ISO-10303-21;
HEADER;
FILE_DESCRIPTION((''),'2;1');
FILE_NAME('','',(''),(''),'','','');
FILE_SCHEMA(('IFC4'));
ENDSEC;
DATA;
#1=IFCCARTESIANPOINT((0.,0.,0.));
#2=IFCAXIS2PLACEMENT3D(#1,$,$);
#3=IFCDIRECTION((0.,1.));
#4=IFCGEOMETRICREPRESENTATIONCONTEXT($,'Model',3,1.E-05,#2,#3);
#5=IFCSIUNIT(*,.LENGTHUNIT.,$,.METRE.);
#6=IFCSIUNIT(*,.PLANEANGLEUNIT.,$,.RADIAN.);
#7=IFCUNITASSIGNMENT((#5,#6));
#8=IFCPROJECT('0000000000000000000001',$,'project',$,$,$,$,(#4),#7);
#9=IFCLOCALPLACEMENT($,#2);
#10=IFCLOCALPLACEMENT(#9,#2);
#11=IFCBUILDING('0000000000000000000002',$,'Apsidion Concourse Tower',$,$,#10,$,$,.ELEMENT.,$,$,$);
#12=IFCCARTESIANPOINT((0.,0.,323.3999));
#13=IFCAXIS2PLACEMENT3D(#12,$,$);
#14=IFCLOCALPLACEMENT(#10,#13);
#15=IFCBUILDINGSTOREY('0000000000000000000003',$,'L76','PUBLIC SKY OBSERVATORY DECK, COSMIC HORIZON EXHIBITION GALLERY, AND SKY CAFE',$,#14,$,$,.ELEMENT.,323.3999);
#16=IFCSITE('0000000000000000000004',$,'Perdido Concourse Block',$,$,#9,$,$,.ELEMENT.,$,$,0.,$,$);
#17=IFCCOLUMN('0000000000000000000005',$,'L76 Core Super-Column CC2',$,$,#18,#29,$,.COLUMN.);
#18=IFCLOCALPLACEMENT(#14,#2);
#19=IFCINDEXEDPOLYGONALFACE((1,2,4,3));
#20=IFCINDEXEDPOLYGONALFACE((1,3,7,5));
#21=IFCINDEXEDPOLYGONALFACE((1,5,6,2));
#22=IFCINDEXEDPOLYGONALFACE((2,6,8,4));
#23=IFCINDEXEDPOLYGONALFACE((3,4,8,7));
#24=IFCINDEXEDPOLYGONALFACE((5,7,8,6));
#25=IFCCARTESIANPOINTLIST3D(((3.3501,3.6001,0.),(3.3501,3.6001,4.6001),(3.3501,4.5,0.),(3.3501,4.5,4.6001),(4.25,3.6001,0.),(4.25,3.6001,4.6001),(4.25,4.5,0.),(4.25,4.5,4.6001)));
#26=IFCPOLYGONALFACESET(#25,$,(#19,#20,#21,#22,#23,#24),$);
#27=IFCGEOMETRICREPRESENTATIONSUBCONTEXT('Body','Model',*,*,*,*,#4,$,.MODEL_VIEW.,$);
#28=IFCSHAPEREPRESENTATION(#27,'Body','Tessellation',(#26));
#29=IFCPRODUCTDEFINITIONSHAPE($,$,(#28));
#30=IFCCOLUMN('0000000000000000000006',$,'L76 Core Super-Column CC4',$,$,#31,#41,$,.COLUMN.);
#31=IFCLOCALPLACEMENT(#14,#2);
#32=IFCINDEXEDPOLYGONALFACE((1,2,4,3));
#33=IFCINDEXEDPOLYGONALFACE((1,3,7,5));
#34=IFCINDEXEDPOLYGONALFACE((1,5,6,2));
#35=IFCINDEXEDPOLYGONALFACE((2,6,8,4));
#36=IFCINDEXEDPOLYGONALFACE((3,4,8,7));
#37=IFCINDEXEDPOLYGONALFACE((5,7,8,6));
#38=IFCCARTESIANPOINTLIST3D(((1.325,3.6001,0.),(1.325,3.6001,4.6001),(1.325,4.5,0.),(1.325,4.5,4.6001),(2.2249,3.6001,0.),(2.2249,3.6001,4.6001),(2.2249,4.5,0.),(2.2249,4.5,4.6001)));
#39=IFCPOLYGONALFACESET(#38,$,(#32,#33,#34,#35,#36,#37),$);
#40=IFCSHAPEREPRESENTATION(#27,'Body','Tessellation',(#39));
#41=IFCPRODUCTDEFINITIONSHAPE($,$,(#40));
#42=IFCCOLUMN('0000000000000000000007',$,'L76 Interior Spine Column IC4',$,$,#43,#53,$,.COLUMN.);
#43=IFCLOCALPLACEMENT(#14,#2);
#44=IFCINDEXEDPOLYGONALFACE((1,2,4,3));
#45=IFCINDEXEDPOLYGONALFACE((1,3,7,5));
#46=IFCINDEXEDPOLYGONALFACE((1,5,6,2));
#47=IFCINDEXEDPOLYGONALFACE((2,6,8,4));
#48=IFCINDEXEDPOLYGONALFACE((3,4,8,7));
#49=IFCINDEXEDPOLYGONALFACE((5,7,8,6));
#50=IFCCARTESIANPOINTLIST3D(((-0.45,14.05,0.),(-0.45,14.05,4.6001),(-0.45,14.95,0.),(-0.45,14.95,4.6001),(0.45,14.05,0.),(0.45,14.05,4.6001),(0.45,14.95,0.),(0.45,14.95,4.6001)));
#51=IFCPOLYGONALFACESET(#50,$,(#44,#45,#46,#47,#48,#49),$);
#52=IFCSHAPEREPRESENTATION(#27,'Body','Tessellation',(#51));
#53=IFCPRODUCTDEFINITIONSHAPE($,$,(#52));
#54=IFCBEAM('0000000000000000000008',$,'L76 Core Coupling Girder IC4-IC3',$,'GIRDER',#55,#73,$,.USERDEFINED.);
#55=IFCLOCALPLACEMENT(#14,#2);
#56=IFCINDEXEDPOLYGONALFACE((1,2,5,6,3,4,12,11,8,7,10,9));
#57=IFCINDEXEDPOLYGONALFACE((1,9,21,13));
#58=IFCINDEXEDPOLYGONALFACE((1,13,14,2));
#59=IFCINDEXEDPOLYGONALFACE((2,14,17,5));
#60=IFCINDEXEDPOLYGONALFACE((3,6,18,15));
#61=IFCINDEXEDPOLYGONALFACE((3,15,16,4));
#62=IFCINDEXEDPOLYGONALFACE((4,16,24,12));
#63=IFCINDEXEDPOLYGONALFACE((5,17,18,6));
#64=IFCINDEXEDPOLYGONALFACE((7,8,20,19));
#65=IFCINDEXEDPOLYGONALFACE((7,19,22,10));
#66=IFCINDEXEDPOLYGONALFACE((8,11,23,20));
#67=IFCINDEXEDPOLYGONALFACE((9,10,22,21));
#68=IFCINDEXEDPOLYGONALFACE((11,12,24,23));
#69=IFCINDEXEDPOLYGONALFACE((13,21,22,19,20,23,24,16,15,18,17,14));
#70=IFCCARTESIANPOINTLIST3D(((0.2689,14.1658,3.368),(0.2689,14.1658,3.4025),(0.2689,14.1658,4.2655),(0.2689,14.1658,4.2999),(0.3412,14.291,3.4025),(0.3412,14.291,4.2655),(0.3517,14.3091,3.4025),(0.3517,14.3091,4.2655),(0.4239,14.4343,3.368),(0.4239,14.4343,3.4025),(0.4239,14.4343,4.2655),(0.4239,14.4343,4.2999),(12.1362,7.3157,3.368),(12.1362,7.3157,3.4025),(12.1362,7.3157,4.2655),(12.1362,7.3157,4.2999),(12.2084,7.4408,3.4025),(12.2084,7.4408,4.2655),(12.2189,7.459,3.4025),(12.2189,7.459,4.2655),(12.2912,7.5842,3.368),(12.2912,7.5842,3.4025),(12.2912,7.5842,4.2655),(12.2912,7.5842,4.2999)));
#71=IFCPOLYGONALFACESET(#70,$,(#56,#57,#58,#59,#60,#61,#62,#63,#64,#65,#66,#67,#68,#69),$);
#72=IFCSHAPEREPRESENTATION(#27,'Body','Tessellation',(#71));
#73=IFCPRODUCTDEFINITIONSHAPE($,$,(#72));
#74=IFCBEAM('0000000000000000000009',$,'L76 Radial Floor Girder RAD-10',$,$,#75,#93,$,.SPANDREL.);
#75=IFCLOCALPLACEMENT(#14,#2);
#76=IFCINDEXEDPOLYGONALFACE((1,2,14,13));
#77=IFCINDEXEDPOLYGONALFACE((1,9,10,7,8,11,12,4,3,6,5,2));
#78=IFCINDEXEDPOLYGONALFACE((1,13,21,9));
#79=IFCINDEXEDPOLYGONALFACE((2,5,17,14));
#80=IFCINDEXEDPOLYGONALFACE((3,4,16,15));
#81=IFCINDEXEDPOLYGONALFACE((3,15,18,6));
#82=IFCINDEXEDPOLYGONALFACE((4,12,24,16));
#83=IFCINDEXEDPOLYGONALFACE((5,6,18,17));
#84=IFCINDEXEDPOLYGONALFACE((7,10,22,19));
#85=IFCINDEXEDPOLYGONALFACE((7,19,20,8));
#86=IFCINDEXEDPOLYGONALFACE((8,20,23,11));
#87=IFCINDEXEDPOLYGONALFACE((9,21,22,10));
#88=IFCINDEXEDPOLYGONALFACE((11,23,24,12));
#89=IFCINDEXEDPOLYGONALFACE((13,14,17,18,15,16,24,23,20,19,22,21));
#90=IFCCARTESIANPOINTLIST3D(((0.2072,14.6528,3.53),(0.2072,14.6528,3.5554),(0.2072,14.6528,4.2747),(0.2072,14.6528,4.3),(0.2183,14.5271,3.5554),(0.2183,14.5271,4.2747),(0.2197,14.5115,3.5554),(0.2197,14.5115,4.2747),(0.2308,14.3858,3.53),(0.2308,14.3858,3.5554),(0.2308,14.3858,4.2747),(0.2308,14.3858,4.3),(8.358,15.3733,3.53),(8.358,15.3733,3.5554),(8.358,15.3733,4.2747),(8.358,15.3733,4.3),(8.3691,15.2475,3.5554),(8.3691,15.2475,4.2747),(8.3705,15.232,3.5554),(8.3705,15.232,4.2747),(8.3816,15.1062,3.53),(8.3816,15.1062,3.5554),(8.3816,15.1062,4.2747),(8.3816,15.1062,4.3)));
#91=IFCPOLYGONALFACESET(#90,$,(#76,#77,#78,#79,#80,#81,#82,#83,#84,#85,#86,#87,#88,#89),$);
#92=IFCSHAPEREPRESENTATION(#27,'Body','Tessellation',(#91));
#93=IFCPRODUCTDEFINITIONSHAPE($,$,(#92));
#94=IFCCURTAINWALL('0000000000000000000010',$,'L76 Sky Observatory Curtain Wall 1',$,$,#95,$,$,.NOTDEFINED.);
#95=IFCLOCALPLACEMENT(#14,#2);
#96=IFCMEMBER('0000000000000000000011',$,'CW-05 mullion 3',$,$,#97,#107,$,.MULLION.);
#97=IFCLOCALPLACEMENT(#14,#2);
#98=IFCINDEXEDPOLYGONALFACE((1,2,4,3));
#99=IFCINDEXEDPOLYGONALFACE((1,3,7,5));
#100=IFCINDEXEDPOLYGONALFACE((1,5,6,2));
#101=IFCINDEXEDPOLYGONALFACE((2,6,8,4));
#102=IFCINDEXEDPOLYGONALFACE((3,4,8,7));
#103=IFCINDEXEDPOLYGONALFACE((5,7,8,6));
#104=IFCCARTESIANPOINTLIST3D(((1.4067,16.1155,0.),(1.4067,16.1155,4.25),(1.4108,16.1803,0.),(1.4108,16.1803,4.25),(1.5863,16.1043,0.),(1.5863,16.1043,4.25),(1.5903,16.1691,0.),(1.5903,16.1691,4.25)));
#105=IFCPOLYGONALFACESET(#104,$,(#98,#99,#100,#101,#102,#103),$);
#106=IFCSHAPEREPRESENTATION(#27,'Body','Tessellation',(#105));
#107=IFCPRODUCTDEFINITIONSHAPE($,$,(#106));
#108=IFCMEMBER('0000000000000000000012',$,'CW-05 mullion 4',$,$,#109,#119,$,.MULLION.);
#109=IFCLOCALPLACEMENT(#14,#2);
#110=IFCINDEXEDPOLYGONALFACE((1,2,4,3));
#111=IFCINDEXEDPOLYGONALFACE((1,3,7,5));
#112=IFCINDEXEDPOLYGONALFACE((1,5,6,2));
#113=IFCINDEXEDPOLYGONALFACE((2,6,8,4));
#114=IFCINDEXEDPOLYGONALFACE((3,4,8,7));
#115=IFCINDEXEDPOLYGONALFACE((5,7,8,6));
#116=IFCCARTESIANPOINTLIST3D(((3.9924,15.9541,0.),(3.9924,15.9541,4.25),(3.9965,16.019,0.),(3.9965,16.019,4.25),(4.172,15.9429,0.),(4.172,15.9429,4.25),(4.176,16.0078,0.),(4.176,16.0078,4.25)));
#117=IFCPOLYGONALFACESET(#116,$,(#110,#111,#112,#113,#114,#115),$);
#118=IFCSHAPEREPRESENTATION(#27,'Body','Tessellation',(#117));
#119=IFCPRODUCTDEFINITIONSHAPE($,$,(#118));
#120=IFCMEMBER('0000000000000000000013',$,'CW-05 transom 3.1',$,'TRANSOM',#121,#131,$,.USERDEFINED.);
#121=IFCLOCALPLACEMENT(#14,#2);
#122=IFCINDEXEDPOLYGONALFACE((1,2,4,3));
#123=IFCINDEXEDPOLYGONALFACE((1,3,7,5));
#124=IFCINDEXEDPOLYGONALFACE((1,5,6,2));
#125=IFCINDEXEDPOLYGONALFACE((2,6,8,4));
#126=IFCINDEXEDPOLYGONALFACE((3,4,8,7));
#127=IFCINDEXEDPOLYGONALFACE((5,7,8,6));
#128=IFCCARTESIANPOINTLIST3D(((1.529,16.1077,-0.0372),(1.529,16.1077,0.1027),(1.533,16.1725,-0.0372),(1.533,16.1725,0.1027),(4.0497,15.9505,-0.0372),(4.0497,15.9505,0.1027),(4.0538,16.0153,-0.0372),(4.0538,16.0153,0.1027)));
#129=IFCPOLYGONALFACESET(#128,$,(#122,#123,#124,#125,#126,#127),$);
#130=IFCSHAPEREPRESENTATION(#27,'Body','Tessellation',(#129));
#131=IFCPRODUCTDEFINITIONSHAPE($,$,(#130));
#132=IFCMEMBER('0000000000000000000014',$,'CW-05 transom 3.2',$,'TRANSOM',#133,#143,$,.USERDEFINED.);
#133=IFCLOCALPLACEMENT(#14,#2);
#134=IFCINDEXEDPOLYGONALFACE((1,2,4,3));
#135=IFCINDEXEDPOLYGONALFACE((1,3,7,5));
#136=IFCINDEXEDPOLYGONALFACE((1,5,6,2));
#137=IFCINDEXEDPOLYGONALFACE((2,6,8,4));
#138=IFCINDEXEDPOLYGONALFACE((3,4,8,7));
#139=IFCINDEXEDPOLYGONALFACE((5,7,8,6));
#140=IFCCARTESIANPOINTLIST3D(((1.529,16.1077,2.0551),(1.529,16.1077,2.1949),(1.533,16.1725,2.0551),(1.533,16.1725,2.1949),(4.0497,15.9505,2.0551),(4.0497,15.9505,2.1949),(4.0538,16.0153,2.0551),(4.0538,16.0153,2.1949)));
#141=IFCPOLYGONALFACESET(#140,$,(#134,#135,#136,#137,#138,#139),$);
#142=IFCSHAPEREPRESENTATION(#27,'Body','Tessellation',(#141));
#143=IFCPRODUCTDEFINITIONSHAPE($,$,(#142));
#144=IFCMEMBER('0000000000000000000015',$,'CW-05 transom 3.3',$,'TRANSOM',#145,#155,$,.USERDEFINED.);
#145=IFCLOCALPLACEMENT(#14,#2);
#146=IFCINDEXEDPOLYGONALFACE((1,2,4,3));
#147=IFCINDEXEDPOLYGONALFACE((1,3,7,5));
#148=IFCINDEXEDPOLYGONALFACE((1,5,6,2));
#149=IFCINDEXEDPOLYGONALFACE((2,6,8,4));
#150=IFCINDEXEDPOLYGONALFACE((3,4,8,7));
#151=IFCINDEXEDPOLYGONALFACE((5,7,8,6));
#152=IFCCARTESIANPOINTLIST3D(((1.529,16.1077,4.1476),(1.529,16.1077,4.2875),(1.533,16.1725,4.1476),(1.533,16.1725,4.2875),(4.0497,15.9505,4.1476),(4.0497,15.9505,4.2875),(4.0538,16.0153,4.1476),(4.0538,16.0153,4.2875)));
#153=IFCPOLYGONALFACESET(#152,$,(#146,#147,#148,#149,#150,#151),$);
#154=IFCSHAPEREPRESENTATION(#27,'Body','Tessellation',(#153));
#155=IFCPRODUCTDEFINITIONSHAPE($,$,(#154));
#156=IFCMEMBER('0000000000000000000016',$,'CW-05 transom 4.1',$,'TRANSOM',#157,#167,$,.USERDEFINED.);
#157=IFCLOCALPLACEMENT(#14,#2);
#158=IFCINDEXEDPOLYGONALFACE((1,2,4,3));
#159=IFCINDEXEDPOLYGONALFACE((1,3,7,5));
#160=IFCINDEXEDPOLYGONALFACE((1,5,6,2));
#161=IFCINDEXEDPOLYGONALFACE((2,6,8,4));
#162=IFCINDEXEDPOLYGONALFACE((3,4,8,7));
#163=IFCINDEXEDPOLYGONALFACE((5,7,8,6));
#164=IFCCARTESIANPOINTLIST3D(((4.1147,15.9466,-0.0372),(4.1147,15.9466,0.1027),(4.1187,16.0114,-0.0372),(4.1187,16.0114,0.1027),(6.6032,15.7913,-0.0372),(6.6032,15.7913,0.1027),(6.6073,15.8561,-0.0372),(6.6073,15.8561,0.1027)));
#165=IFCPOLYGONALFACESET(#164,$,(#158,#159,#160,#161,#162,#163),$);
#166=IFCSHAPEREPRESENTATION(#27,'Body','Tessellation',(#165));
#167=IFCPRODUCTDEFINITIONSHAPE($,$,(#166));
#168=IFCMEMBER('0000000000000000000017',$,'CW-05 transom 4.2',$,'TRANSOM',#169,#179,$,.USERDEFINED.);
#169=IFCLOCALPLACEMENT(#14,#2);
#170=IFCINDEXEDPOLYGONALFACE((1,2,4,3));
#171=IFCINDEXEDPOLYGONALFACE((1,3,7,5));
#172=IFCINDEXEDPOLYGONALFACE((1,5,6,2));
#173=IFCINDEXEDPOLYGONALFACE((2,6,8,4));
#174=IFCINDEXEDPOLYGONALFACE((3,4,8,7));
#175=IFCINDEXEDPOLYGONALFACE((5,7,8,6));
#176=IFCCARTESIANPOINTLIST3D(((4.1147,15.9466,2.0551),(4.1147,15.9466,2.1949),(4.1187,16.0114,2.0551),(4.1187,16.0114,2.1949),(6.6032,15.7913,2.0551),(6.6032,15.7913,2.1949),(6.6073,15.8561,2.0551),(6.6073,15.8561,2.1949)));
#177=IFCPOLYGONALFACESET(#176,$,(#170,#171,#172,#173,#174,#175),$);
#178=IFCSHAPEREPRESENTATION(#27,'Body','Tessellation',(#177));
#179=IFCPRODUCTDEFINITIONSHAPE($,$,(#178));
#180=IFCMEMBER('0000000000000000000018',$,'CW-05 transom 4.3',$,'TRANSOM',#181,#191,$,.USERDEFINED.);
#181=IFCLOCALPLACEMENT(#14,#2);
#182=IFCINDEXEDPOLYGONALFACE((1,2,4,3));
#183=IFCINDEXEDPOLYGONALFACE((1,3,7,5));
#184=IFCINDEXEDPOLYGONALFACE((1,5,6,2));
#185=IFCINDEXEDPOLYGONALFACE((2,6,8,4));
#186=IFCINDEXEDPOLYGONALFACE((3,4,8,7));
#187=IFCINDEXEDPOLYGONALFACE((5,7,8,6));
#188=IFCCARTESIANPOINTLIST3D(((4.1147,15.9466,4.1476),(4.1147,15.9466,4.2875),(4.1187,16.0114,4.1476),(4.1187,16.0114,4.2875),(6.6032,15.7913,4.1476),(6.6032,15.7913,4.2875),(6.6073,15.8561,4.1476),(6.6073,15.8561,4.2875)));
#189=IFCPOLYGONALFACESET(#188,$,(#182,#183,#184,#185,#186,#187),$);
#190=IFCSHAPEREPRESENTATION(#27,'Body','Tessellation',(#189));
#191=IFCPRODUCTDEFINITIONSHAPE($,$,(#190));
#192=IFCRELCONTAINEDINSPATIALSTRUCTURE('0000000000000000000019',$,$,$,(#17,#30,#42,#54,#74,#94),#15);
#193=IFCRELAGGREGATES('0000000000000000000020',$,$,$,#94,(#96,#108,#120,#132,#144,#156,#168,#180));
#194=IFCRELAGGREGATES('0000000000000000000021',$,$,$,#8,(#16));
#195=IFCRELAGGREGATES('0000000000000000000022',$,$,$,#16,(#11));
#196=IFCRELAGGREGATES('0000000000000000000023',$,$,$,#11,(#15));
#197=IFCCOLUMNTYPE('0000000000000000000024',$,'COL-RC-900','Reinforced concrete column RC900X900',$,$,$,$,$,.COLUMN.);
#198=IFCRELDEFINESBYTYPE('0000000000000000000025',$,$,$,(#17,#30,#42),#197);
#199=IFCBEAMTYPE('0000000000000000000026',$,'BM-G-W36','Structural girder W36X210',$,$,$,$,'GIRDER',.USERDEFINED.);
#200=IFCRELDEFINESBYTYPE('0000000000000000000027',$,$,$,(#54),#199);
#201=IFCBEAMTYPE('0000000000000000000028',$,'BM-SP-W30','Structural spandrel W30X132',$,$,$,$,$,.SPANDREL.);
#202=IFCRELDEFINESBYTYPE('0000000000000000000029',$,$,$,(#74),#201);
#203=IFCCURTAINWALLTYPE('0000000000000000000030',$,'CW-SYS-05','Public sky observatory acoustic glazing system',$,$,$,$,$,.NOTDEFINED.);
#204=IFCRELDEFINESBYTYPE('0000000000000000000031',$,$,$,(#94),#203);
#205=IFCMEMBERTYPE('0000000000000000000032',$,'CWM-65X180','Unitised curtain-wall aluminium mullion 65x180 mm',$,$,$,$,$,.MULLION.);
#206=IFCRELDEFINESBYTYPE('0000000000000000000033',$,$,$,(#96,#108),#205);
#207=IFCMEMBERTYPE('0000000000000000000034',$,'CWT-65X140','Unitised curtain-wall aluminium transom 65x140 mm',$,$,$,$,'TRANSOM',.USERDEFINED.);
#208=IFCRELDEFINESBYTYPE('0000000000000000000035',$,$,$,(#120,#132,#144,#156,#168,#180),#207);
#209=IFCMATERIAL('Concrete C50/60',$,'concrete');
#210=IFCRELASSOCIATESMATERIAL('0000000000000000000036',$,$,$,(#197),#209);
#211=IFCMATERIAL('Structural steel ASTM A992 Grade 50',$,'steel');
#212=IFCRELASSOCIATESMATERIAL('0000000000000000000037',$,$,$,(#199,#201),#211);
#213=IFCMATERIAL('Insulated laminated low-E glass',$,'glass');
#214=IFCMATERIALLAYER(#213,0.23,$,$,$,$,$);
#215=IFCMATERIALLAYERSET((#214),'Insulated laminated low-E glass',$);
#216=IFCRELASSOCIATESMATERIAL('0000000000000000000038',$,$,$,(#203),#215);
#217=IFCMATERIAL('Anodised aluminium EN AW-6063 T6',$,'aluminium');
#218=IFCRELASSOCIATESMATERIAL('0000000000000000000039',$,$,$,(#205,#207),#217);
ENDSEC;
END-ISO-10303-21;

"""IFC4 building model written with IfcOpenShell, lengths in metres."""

from ifc_helpers import new_model, si_unit, direction, frame, origin, origin_2d, place, context, subcontext, project, spatial, rectangle, i_section, extrude, material, layer, layer_set, material_profile, profile_set, type_object, element, aggregate, save


model = new_model("IFC4")

# Units and contexts
model_context = context("Model", 3, precision=1e-05, world=origin(), true_north=direction((0.0, 1.0)))
body_context = subcontext(model_context, "Body", "Model", "MODEL_VIEW")
ifc_project = project(units=[si_unit("LENGTHUNIT", "METRE"), si_unit("PLANEANGLEUNIT", "RADIAN")], contexts=[model_context])

# Site, building, storey
site_placement = place(None, origin())
site = spatial("IfcSite", under=ifc_project, at=site_placement, Name="Perdido Concourse Block", CompositionType="ELEMENT", RefElevation=0.0)
building_placement = place(site_placement, origin())
building = spatial("IfcBuilding", under=site, at=building_placement, Name="Apsidion Concourse Tower", CompositionType="ELEMENT")
storey_placement = place(building_placement, frame((0.0, 0.0, 323.3999)))
storey = spatial("IfcBuildingStorey", under=building, at=storey_placement, Name="L76", Description="PUBLIC SKY OBSERVATORY DECK, COSMIC HORIZON EXHIBITION GALLERY, AND SKY CAFE", CompositionType="ELEMENT", Elevation=323.3999)

# Columns
ifc_material_1 = material(Name="Concrete C50/60", Category="concrete")
ifc_material_profile_1 = material_profile(ifc_material_1, rectangle(XDim=0.8999, YDim=0.8999, at=origin_2d()), Name="RC 900x900")
ifc_profile_set_1 = profile_set([ifc_material_profile_1], Name="Concrete C50/60")
column_type = type_object("IfcColumnType", Name="COL-RC-900", Description="Reinforced concrete column RC900X900", PredefinedType="COLUMN", material=ifc_profile_set_1)
for number, where, z_axis, x_axis, name in (
    (1, (3.8, 4.05, 0.0), (0.0, 0.0, 1.0), (1.0, 0.0, 0.0), "L76 Core Super-Column CC2"),
    (2, (1.7749, 4.05, 0.0), (0.0, 0.0, 1.0), (1.0, 0.0, 0.0), "L76 Core Super-Column CC4"),
    (3, (0.0, 14.5, 0.0), (0.0, 0.0, 1.0), (1.0, 0.0, 0.0), "L76 Interior Spine Column IC4"),
):
    element("IfcColumn", number, at=place(storey_placement, frame(where, z_axis=z_axis, x_axis=x_axis)), inside=storey, type_object=column_type, Name=name, PredefinedType="COLUMN", context=body_context, shape_type="SweptSolid", body=[
        extrude(rectangle(XDim=0.8999, YDim=0.8999, at=origin_2d()), origin(), (0.0, 0.0, 1.0), 4.6001),
    ])

# Beams
ifc_material_2 = material(Name="Structural steel ASTM A992 Grade 50", Category="steel")
ifc_material_profile_2 = material_profile(ifc_material_2, i_section(OverallWidth=0.3101, OverallDepth=0.9319, WebThickness=0.021, FlangeThickness=0.0344, at=origin_2d()), Name="W36X210")
ifc_profile_set_2 = profile_set([ifc_material_profile_2], Name="Structural steel ASTM A992 Grade 50")
beam_type_1 = type_object("IfcBeamType", Name="BM-G-W36", Description="Structural girder W36X210", ElementType="GIRDER", PredefinedType="USERDEFINED", material=ifc_profile_set_2)
beam_1_placement = place(storey_placement, frame((0.3464, 14.3, 3.834), z_axis=(0.86607, -0.499922, 0.0), x_axis=(0.499922, 0.86607, 0.0)))
element("IfcBeam", 4, at=beam_1_placement, inside=storey, type_object=beam_type_1, Name="L76 Core Coupling Girder IC4-IC3", ObjectType="GIRDER", PredefinedType="USERDEFINED", context=body_context, shape_type="SweptSolid", body=[
    extrude(i_section(OverallWidth=0.3101, OverallDepth=0.9319, WebThickness=0.021, FlangeThickness=0.0344, at=origin_2d()), origin(), (0.0, 0.0, 1.0), 13.7024),
])
ifc_material_profile_3 = material_profile(ifc_material_2, i_section(OverallWidth=0.2681, OverallDepth=0.77, WebThickness=0.0156, FlangeThickness=0.0254, at=origin_2d()), Name="W30X132")
ifc_profile_set_3 = profile_set([ifc_material_profile_3], Name="Structural steel ASTM A992 Grade 50")
beam_type_2 = type_object("IfcBeamType", Name="BM-SP-W30", Description="Structural spandrel W30X132", PredefinedType="SPANDREL", material=ifc_profile_set_3)
beam_2_placement = place(storey_placement, frame((0.219, 14.5193, 3.915), z_axis=(0.996116, 0.088047, 0.0), x_axis=(-0.088047, 0.996116, 0.0)))
element("IfcBeam", 5, at=beam_2_placement, inside=storey, type_object=beam_type_2, Name="L76 Radial Floor Girder RAD-10", PredefinedType="SPANDREL", context=body_context, shape_type="SweptSolid", body=[
    extrude(i_section(OverallWidth=0.2681, OverallDepth=0.77, WebThickness=0.0156, FlangeThickness=0.0254, at=origin_2d()), origin(), (0.0, 0.0, 1.0), 8.1826),
])

# Curtain wall, members
ifc_material_3 = material(Name="Insulated laminated low-E glass", Category="glass")
ifc_layer_1 = layer(ifc_material_3, 0.23)
ifc_layer_set_1 = layer_set([ifc_layer_1], Name="Insulated laminated low-E glass")
curtain_wall_type = type_object("IfcCurtainWallType", Name="CW-SYS-05", Description="Public sky observatory acoustic glazing system", PredefinedType="NOTDEFINED", material=ifc_layer_set_1)
curtain_wall_placement = place(storey_placement, origin())
curtain_wall = element("IfcCurtainWall", 6, at=curtain_wall_placement, inside=storey, type_object=curtain_wall_type, Name="L76 Sky Observatory Curtain Wall 1", PredefinedType="NOTDEFINED")
ifc_material_4 = material(Name="Anodised aluminium EN AW-6063 T6", Category="aluminium")
ifc_material_profile_4 = material_profile(ifc_material_4, rectangle(XDim=0.0649, YDim=0.1799, at=origin_2d()), Name="ALU MULLION 65x180")
ifc_profile_set_4 = profile_set([ifc_material_profile_4], Name="Anodised aluminium EN AW-6063 T6")
member_type_1 = type_object("IfcMemberType", Name="CWM-65X180", Description="Unitised curtain-wall aluminium mullion 65x180 mm", PredefinedType="MULLION", material=ifc_profile_set_4)
member_1_placement = place(storey_placement, frame((1.4985, 16.1423, 0.0), z_axis=(0.0, 0.0, 1.0), x_axis=(0.062249, 0.998061, 0.0)))
member_1 = element("IfcMember", 7, at=member_1_placement, type_object=member_type_1, Name="CW-05 mullion 3", PredefinedType="MULLION", context=body_context, shape_type="SweptSolid", body=[
    extrude(rectangle(XDim=0.0649, YDim=0.1799, at=origin_2d()), origin(), (0.0, 0.0, 1.0), 4.25),
])
member_2_placement = place(storey_placement, frame((4.0842, 15.981, 0.0), z_axis=(0.0, 0.0, 1.0), x_axis=(0.062249, 0.998061, 0.0)))
member_2 = element("IfcMember", 8, at=member_2_placement, type_object=member_type_1, Name="CW-05 mullion 4", PredefinedType="MULLION", context=body_context, shape_type="SweptSolid", body=[
    extrude(rectangle(XDim=0.0649, YDim=0.1799, at=origin_2d()), origin(), (0.0, 0.0, 1.0), 4.25),
])
ifc_material_profile_5 = material_profile(ifc_material_4, rectangle(XDim=0.0649, YDim=0.1399, at=origin_2d()), Name="ALU TRANSOM 65x140")
ifc_profile_set_5 = profile_set([ifc_material_profile_5], Name="Anodised aluminium EN AW-6063 T6")
member_type_2 = type_object("IfcMemberType", Name="CWT-65X140", Description="Unitised curtain-wall aluminium transom 65x140 mm", ElementType="TRANSOM", PredefinedType="USERDEFINED", material=ifc_profile_set_5)
member_3_placement = place(storey_placement, frame((1.531, 16.1401, 0.0327), z_axis=(0.99806, -0.062252, 0.0), x_axis=(0.062252, 0.99806, 0.0)))
member_3 = element("IfcMember", 9, at=member_3_placement, type_object=member_type_2, Name="CW-05 transom 3.1", ObjectType="TRANSOM", PredefinedType="USERDEFINED", context=body_context, shape_type="SweptSolid", body=[
    extrude(rectangle(XDim=0.0649, YDim=0.1399, at=origin_2d()), origin(), (0.0, 0.0, 1.0), 2.5256),
])
member_4_placement = place(storey_placement, frame((1.531, 16.1401, 2.125), z_axis=(0.99806, -0.062252, 0.0), x_axis=(0.062252, 0.99806, 0.0)))
member_4 = element("IfcMember", 10, at=member_4_placement, type_object=member_type_2, Name="CW-05 transom 3.2", ObjectType="TRANSOM", PredefinedType="USERDEFINED", context=body_context, shape_type="SweptSolid", body=[
    extrude(rectangle(XDim=0.0649, YDim=0.1399, at=origin_2d()), origin(), (0.0, 0.0, 1.0), 2.5256),
])
member_5_placement = place(storey_placement, frame((1.531, 16.1401, 4.2175), z_axis=(0.99806, -0.062252, 0.0), x_axis=(0.062252, 0.99806, 0.0)))
member_5 = element("IfcMember", 11, at=member_5_placement, type_object=member_type_2, Name="CW-05 transom 3.3", ObjectType="TRANSOM", PredefinedType="USERDEFINED", context=body_context, shape_type="SweptSolid", body=[
    extrude(rectangle(XDim=0.0649, YDim=0.1399, at=origin_2d()), origin(), (0.0, 0.0, 1.0), 2.5256),
])
member_6_placement = place(storey_placement, frame((4.1167, 15.979, 0.0327), z_axis=(0.998059, -0.062275, 0.0), x_axis=(0.062275, 0.998059, 0.0)))
member_6 = element("IfcMember", 12, at=member_6_placement, type_object=member_type_2, Name="CW-05 transom 4.1", ObjectType="TRANSOM", PredefinedType="USERDEFINED", context=body_context, shape_type="SweptSolid", body=[
    extrude(rectangle(XDim=0.0649, YDim=0.1399, at=origin_2d()), origin(), (0.0, 0.0, 1.0), 2.4934),
])
member_7_placement = place(storey_placement, frame((4.1167, 15.979, 2.125), z_axis=(0.998059, -0.062275, 0.0), x_axis=(0.062275, 0.998059, 0.0)))
member_7 = element("IfcMember", 13, at=member_7_placement, type_object=member_type_2, Name="CW-05 transom 4.2", ObjectType="TRANSOM", PredefinedType="USERDEFINED", context=body_context, shape_type="SweptSolid", body=[
    extrude(rectangle(XDim=0.0649, YDim=0.1399, at=origin_2d()), origin(), (0.0, 0.0, 1.0), 2.4934),
])
member_8_placement = place(storey_placement, frame((4.1167, 15.979, 4.2175), z_axis=(0.998059, -0.062275, 0.0), x_axis=(0.062275, 0.998059, 0.0)))
member_8 = element("IfcMember", 14, at=member_8_placement, type_object=member_type_2, Name="CW-05 transom 4.3", ObjectType="TRANSOM", PredefinedType="USERDEFINED", context=body_context, shape_type="SweptSolid", body=[
    extrude(rectangle(XDim=0.0649, YDim=0.1399, at=origin_2d()), origin(), (0.0, 0.0, 1.0), 2.4934),
])
aggregate(curtain_wall, [member_1, member_2, member_3, member_4, member_5, member_6, member_7, member_8])

save(model, "model.ifc")
